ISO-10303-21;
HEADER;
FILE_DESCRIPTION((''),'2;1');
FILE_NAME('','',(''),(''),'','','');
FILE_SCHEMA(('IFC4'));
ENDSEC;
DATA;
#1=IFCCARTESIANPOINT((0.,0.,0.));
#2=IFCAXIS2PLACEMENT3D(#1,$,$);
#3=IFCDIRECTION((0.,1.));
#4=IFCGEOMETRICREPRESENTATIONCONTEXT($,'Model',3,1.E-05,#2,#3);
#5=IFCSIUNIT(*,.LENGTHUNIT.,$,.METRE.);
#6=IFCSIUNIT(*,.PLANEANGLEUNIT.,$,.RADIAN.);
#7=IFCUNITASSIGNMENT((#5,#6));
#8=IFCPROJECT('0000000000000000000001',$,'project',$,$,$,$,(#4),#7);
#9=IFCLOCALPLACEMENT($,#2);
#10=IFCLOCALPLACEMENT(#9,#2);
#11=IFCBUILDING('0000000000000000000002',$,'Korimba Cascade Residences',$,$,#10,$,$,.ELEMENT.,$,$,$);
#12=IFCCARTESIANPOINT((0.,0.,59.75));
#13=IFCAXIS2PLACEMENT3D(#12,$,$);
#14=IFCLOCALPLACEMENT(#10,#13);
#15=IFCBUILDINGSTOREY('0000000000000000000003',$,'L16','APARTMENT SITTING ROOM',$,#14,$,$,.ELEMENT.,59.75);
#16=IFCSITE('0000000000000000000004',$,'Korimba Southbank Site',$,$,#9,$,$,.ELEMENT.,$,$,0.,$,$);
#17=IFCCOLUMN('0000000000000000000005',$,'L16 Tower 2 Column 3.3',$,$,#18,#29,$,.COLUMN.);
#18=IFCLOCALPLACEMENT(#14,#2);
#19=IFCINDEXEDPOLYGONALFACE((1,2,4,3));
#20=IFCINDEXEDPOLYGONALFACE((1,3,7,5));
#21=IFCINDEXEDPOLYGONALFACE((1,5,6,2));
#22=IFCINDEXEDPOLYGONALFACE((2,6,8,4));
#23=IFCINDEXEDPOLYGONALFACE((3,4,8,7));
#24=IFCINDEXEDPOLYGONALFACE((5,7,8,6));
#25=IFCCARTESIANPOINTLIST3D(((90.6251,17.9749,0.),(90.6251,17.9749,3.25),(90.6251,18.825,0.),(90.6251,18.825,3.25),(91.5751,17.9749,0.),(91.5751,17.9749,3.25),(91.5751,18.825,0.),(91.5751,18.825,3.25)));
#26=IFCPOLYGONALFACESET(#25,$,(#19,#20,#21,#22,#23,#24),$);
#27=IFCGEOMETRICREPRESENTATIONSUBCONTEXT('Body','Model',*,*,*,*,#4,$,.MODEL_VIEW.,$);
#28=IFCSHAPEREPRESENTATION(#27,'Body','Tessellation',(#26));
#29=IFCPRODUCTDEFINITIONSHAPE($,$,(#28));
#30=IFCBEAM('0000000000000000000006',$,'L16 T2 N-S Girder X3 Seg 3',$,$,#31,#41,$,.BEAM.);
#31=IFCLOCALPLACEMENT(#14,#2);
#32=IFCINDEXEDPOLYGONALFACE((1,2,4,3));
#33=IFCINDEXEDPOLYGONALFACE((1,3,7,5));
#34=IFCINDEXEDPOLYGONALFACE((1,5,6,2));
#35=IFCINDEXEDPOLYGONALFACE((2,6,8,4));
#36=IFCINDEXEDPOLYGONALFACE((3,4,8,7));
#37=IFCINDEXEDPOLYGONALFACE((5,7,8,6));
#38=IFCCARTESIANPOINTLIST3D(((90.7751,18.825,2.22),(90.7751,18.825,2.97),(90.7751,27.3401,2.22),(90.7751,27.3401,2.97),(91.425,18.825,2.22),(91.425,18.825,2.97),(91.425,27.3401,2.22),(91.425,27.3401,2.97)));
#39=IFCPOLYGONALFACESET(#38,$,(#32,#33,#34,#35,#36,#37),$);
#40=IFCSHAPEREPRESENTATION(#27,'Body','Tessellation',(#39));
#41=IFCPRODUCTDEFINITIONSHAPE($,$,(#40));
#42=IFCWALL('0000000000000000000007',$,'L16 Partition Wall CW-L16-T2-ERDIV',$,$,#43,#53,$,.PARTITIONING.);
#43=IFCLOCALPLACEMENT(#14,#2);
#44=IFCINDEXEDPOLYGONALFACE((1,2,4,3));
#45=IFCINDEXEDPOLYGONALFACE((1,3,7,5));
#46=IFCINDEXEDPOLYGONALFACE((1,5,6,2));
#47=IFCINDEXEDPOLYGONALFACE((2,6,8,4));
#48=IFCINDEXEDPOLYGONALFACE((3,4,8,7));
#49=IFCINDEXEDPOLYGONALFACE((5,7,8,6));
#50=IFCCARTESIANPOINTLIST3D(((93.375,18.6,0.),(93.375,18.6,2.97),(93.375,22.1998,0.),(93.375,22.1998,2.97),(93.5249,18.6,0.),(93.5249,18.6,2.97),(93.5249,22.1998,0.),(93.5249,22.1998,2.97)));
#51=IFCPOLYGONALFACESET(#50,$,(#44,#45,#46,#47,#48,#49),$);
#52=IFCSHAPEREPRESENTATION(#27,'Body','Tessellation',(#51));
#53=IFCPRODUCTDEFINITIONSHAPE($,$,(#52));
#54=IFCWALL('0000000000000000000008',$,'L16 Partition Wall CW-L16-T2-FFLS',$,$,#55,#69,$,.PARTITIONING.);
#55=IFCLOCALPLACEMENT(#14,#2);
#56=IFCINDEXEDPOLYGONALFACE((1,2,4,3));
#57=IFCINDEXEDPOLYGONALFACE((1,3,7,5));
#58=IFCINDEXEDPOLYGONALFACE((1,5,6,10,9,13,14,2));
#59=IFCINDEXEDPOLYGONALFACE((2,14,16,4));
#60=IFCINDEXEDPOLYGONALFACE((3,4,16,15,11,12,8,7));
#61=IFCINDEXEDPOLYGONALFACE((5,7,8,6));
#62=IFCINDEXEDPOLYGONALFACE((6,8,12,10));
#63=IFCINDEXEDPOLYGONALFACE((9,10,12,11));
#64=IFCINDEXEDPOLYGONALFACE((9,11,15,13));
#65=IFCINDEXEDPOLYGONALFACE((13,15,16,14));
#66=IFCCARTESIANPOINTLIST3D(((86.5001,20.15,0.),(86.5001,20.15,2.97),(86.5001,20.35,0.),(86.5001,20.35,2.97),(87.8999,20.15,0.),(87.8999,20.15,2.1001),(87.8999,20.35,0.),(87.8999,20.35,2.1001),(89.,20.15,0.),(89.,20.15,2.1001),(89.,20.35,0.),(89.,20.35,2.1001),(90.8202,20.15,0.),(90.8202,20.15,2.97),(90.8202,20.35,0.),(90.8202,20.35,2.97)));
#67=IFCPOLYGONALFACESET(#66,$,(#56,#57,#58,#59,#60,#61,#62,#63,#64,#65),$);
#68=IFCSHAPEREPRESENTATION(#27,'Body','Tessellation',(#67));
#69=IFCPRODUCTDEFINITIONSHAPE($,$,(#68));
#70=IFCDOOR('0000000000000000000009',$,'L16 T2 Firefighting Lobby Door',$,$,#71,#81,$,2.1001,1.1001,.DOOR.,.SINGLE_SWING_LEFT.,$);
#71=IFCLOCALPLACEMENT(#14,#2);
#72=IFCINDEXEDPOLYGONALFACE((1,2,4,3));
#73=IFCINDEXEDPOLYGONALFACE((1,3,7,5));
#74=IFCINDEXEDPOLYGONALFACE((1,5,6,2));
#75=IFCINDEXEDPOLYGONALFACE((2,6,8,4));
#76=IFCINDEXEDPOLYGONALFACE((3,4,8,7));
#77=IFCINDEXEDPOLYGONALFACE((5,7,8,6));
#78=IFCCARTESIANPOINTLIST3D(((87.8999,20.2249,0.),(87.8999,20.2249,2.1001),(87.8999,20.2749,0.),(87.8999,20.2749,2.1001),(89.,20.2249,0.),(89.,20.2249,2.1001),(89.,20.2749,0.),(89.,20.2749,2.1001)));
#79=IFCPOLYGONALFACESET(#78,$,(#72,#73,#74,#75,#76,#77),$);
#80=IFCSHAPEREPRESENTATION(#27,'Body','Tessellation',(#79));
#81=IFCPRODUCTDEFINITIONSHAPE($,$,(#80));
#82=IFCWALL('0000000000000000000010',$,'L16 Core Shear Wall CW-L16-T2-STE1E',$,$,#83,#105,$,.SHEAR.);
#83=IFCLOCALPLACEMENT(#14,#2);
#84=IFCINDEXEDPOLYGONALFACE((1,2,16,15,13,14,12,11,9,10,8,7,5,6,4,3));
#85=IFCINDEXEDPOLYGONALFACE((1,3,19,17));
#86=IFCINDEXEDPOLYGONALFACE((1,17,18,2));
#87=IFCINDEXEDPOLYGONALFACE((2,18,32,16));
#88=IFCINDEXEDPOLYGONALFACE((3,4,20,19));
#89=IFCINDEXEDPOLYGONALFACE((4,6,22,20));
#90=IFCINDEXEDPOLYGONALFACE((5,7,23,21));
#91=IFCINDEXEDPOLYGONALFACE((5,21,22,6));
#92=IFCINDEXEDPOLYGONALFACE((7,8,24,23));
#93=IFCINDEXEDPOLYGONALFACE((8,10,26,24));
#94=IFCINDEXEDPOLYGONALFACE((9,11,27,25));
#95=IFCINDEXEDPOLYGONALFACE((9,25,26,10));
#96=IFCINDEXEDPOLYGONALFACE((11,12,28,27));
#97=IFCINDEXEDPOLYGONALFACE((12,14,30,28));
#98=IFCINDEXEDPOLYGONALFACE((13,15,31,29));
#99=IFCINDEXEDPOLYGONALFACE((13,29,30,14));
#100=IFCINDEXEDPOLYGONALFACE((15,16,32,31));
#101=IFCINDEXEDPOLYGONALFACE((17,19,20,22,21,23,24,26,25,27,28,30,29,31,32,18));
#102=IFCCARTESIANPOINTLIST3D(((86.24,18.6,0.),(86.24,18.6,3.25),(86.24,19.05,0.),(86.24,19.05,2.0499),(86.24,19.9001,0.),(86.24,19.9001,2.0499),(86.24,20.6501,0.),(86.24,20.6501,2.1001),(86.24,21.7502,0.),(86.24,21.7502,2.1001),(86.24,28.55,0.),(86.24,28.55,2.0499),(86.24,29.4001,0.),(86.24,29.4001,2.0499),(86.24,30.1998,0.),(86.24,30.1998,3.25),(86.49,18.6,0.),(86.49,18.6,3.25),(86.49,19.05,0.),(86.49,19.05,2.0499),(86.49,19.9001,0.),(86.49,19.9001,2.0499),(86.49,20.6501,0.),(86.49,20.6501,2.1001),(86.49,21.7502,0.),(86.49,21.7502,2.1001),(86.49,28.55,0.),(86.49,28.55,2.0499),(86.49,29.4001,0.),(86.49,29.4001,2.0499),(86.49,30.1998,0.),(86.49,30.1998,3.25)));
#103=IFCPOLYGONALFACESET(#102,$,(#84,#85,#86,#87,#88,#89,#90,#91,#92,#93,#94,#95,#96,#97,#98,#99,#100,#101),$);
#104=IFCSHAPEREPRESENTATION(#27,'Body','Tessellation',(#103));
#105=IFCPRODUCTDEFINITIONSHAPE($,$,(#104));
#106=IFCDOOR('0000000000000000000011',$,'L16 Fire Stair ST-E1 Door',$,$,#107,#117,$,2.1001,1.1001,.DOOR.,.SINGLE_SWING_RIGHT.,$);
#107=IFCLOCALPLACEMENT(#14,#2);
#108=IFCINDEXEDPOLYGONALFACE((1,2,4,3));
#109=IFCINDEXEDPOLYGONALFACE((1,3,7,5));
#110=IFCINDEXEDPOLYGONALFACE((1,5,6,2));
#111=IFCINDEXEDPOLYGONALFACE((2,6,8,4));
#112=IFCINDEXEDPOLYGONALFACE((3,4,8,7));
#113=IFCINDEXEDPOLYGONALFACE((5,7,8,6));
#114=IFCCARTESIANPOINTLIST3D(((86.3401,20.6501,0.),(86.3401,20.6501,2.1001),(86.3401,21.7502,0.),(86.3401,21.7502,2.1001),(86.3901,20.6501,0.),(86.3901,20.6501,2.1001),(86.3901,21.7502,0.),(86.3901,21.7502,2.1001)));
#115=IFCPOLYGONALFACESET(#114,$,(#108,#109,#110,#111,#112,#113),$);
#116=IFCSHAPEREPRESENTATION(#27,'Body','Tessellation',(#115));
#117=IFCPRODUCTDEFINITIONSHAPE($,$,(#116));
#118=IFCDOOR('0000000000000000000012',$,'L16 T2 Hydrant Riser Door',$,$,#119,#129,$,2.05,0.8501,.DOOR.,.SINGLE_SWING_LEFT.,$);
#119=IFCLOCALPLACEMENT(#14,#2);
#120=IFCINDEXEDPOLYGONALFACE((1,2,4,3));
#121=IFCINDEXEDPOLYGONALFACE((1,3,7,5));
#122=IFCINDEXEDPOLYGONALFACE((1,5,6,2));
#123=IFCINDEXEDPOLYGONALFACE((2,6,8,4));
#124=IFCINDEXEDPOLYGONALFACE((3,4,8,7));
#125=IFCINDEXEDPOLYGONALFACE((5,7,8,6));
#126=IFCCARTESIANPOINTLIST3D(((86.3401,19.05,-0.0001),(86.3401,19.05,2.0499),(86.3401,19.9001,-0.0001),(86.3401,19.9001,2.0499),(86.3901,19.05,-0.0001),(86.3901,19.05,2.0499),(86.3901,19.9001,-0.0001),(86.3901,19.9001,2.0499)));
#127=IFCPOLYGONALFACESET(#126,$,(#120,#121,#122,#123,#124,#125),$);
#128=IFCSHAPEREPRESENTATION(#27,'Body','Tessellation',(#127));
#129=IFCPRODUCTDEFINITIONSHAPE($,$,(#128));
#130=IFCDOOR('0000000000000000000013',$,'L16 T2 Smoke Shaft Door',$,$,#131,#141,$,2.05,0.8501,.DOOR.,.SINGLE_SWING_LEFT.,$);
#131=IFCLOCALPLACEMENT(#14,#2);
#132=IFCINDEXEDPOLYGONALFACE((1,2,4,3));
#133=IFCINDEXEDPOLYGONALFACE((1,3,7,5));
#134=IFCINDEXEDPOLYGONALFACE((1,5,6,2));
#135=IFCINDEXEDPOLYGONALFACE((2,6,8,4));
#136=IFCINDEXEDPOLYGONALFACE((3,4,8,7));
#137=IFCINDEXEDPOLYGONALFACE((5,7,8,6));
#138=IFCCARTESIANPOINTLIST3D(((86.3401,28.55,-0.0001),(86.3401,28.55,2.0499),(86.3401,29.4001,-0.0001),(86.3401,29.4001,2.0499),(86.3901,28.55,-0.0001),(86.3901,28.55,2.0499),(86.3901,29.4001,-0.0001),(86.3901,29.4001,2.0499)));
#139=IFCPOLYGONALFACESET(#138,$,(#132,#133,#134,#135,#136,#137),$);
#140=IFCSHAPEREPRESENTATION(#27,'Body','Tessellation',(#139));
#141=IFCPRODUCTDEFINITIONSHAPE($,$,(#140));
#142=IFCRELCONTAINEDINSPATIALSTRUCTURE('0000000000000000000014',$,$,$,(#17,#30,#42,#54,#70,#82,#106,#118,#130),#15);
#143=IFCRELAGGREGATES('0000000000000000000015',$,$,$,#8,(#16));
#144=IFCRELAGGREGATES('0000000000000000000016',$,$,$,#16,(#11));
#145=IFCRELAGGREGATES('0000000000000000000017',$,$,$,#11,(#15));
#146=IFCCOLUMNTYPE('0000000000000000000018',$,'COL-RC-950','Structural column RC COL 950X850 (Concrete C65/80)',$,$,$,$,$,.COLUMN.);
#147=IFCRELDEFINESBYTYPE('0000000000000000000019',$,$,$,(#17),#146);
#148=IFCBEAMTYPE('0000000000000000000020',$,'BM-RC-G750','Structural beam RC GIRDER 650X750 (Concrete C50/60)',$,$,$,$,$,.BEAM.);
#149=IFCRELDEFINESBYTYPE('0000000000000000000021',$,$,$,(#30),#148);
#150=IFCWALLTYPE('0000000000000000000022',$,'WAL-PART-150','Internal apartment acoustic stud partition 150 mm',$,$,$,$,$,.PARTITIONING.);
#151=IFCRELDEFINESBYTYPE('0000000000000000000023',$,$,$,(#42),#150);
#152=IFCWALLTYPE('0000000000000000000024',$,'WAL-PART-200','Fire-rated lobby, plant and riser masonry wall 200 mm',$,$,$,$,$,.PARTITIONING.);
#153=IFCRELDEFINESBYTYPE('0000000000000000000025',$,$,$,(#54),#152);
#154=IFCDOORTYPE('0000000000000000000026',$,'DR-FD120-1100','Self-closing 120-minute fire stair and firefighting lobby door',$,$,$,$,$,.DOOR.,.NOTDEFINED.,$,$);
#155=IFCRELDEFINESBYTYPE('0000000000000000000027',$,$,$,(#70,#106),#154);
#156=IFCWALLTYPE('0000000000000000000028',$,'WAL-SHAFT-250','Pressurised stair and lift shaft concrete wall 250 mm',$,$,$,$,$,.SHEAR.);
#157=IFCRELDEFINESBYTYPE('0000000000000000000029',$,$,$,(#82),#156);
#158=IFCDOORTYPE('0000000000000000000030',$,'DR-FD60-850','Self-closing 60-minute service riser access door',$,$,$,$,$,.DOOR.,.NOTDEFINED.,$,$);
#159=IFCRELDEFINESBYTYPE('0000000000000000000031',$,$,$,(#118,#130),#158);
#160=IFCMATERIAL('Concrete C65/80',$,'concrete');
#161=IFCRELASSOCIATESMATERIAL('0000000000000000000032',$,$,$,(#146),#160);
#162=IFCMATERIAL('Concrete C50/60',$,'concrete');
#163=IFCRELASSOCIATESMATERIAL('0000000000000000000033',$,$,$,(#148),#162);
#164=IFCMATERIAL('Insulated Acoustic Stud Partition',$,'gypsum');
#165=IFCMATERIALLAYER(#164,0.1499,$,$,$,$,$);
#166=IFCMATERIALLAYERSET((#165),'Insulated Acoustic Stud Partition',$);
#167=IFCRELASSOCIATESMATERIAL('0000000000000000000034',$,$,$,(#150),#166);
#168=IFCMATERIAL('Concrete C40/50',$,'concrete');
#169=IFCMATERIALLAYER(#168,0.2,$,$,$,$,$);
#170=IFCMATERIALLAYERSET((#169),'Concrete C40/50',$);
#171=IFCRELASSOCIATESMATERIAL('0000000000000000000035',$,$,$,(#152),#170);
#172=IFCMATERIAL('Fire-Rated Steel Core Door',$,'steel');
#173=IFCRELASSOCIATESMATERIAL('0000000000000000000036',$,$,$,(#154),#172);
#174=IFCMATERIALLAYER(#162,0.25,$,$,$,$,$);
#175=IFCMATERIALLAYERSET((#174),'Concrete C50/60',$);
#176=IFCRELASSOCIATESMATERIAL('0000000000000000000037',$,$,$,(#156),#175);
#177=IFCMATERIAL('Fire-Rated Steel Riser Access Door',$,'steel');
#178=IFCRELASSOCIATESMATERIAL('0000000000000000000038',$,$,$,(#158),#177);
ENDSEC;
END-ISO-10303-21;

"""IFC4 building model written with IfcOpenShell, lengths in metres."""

from ifc_helpers import new_model, si_unit, direction, frame, frame_2d, origin, origin_2d, place, context, subcontext, project, spatial, rectangle, extrude, material, layer, layer_set, material_profile, profile_set, type_object, element, fill, save


model = new_model("IFC4")

# Units and contexts
model_context = context("Model", 3, precision=1e-05, world=origin(), true_north=direction((0.0, 1.0)))
body_context = subcontext(model_context, "Body", "Model", "MODEL_VIEW")
ifc_project = project(units=[si_unit("LENGTHUNIT", "METRE"), si_unit("PLANEANGLEUNIT", "RADIAN")], contexts=[model_context])

# Site, building, storey
site_placement = place(None, origin())
site = spatial("IfcSite", under=ifc_project, at=site_placement, Name="Korimba Southbank Site", CompositionType="ELEMENT", RefElevation=0.0)
building_placement = place(site_placement, origin())
building = spatial("IfcBuilding", under=site, at=building_placement, Name="Korimba Cascade Residences", CompositionType="ELEMENT")
storey_placement = place(building_placement, frame((0.0, 0.0, 59.75)))
storey = spatial("IfcBuildingStorey", under=building, at=storey_placement, Name="L16", Description="APARTMENT SITTING ROOM", CompositionType="ELEMENT", Elevation=59.75)

# Column
ifc_material_1 = material(Name="Concrete C65/80", Category="concrete")
ifc_material_profile_1 = material_profile(ifc_material_1, rectangle(XDim=0.95, YDim=0.8501, at=origin_2d()), Name="Concrete C65/80")
ifc_profile_set_1 = profile_set([ifc_material_profile_1], Name="Concrete C65/80")
column_type = type_object("IfcColumnType", Name="COL-RC-950", Description="Structural column RC COL 950X850 (Concrete C65/80)", PredefinedType="COLUMN", material=ifc_profile_set_1)
column_placement = place(storey_placement, frame((91.1001, 18.3999, 0.0), z_axis=(0.0, 0.0, 1.0), x_axis=(1.0, 0.0, 0.0)))
element("IfcColumn", 1, at=column_placement, inside=storey, type_object=column_type, Name="L16 Tower 2 Column 3.3", PredefinedType="COLUMN", context=body_context, shape_type="SweptSolid", body=[
    extrude(rectangle(XDim=0.95, YDim=0.8501, at=origin_2d()), origin(), (0.0, 0.0, 1.0), 3.25),
])

# Beam
ifc_material_2 = material(Name="Concrete C50/60", Category="concrete")
ifc_material_profile_2 = material_profile(ifc_material_2, rectangle(XDim=0.6499, YDim=0.75, at=origin_2d()), Name="Concrete C50/60")
ifc_profile_set_2 = profile_set([ifc_material_profile_2], Name="Concrete C50/60")
beam_type = type_object("IfcBeamType", Name="BM-RC-G750", Description="Structural beam RC GIRDER 650X750 (Concrete C50/60)", PredefinedType="BEAM", material=ifc_profile_set_2)
beam_placement = place(storey_placement, frame((91.1001, 18.825, 2.595), z_axis=(0.0, 1.0, 0.0), x_axis=(-1.0, 0.0, 0.0)))
element("IfcBeam", 2, at=beam_placement, inside=storey, type_object=beam_type, Name="L16 T2 N-S Girder X3 Seg 3", PredefinedType="BEAM", context=body_context, shape_type="SweptSolid", body=[
    extrude(rectangle(XDim=0.6499, YDim=0.75, at=origin_2d()), origin(), (0.0, 0.0, 1.0), 8.5151),
])

# Wall
ifc_material_3 = material(Name="Insulated Acoustic Stud Partition", Category="gypsum")
ifc_layer_1 = layer(ifc_material_3, 0.1499)
ifc_layer_set_1 = layer_set([ifc_layer_1], Name="Insulated Acoustic Stud Partition")
wall_type_1 = type_object("IfcWallType", Name="WAL-PART-150", Description="Internal apartment acoustic stud partition 150 mm", PredefinedType="PARTITIONING", material=ifc_layer_set_1)
wall_1_placement = place(storey_placement, frame((93.45, 18.6001, 0.0), z_axis=(0.0, 0.0, 1.0), x_axis=(0.0, 1.0, 0.0)))
element("IfcWall", 3, at=wall_1_placement, inside=storey, type_object=wall_type_1, Name="L16 Partition Wall CW-L16-T2-ERDIV", PredefinedType="PARTITIONING", context=body_context, shape_type="SweptSolid", body=[
    extrude(rectangle(XDim=3.5999, YDim=0.1499, at=frame_2d((1.7998, 0.0))), origin(), (0.0, 0.0, 1.0), 2.97),
])

# Wall, opening, door
ifc_material_4 = material(Name="Concrete C40/50", Category="concrete")
ifc_layer_2 = layer(ifc_material_4, 0.2)
ifc_layer_set_2 = layer_set([ifc_layer_2], Name="Concrete C40/50")
wall_type_2 = type_object("IfcWallType", Name="WAL-PART-200", Description="Fire-rated lobby, plant and riser masonry wall 200 mm", PredefinedType="PARTITIONING", material=ifc_layer_set_2)
wall_2_placement = place(storey_placement, frame((86.5, 20.25, 0.0), z_axis=(0.0, 0.0, 1.0), x_axis=(1.0, 0.0, 0.0)))
wall_2 = element("IfcWall", 4, at=wall_2_placement, inside=storey, type_object=wall_type_2, Name="L16 Partition Wall CW-L16-T2-FFLS", PredefinedType="PARTITIONING", context=body_context, shape_type="SweptSolid", body=[
    extrude(rectangle(XDim=4.3201, YDim=0.2, at=frame_2d((2.1602, 0.0))), origin(), (0.0, 0.0, 1.0), 2.97),
])
opening_1_placement = place(wall_2_placement, frame((1.3999, 0.0, 0.0)))
opening_1 = element("IfcOpeningElement", 5, at=opening_1_placement, cuts=wall_2, PredefinedType="OPENING", context=body_context, shape_type="SweptSolid", body=[
    extrude(rectangle(XDim=1.1001, YDim=2.1001, at=frame_2d((0.55, 1.05))), frame((0.0, 0.1099, 0.0), z_axis=(0.0, -1.0, 0.0), x_axis=(1.0, 0.0, 0.0)), (0.0, 0.0, 1.0), 0.22),
])
ifc_material_5 = material(Name="Fire-Rated Steel Core Door", Category="steel")
door_type_1 = type_object("IfcDoorType", Name="DR-FD120-1100", Description="Self-closing 120-minute fire stair and firefighting lobby door", OperationType="NOTDEFINED", PredefinedType="DOOR", material=ifc_material_5)
door_1_placement = place(opening_1_placement, origin())
door_1 = element("IfcDoor", 6, at=door_1_placement, inside=storey, type_object=door_type_1, Name="L16 T2 Firefighting Lobby Door", OperationType="SINGLE_SWING_LEFT", OverallHeight=2.1001, OverallWidth=1.1001, PredefinedType="DOOR", context=body_context, shape_type="SweptSolid", body=[
    extrude(rectangle(XDim=1.1001, YDim=2.1001, at=frame_2d((0.55, 1.05))), frame((0.0, 0.0249, 0.0), z_axis=(0.0, -1.0, 0.0), x_axis=(1.0, 0.0, 0.0)), (0.0, 0.0, 1.0), 0.05),
])
fill(opening_1, door_1)

# Wall, openings, doors
ifc_layer_3 = layer(ifc_material_2, 0.25)
ifc_layer_set_3 = layer_set([ifc_layer_3], Name="Concrete C50/60")
wall_type_3 = type_object("IfcWallType", Name="WAL-SHAFT-250", Description="Pressurised stair and lift shaft concrete wall 250 mm", PredefinedType="SHEAR", material=ifc_layer_set_3)
wall_3_placement = place(storey_placement, frame((86.365, 18.6001, 0.0), z_axis=(0.0, 0.0, 1.0), x_axis=(0.0, 1.0, 0.0)))
wall_3 = element("IfcWall", 7, at=wall_3_placement, inside=storey, type_object=wall_type_3, Name="L16 Core Shear Wall CW-L16-T2-STE1E", PredefinedType="SHEAR", context=body_context, shape_type="SweptSolid", body=[
    extrude(rectangle(XDim=11.5999, YDim=0.25, at=frame_2d((5.7998, 0.0))), origin(), (0.0, 0.0, 1.0), 3.25),
])
opening_2_placement = place(wall_3_placement, frame((0.45, 0.0, 0.0)))
opening_2 = element("IfcOpeningElement", 8, at=opening_2_placement, cuts=wall_3, PredefinedType="OPENING", context=body_context, shape_type="SweptSolid", body=[
    extrude(rectangle(XDim=0.8501, YDim=2.05, at=frame_2d((0.425, 1.0249))), frame((0.0, 0.135, 0.0), z_axis=(0.0, -1.0, 0.0), x_axis=(1.0, 0.0, 0.0)), (0.0, 0.0, 1.0), 0.27),
])
opening_3_placement = place(wall_3_placement, frame((2.05, 0.0, 0.0)))
opening_3 = element("IfcOpeningElement", 9, at=opening_3_placement, cuts=wall_3, PredefinedType="OPENING", context=body_context, shape_type="SweptSolid", body=[
    extrude(rectangle(XDim=1.1001, YDim=2.1001, at=frame_2d((0.55, 1.05))), frame((0.0, 0.135, 0.0), z_axis=(0.0, -1.0, 0.0), x_axis=(1.0, 0.0, 0.0)), (0.0, 0.0, 1.0), 0.27),
])
opening_4_placement = place(wall_3_placement, frame((9.95, 0.0, 0.0)))
opening_4 = element("IfcOpeningElement", 10, at=opening_4_placement, cuts=wall_3, PredefinedType="OPENING", context=body_context, shape_type="SweptSolid", body=[
    extrude(rectangle(XDim=0.8501, YDim=2.05, at=frame_2d((0.425, 1.0249))), frame((0.0, 0.135, 0.0), z_axis=(0.0, -1.0, 0.0), x_axis=(1.0, 0.0, 0.0)), (0.0, 0.0, 1.0), 0.27),
])
door_2_placement = place(opening_3_placement, origin())
door_2 = element("IfcDoor", 11, at=door_2_placement, inside=storey, type_object=door_type_1, Name="L16 Fire Stair ST-E1 Door", OperationType="SINGLE_SWING_RIGHT", OverallHeight=2.1001, OverallWidth=1.1001, PredefinedType="DOOR", context=body_context, shape_type="SweptSolid", body=[
    extrude(rectangle(XDim=1.1001, YDim=2.1001, at=frame_2d((0.55, 1.05))), frame((0.0, 0.0249, 0.0), z_axis=(0.0, -1.0, 0.0), x_axis=(1.0, 0.0, 0.0)), (0.0, 0.0, 1.0), 0.05),
])
fill(opening_3, door_2)
ifc_material_6 = material(Name="Fire-Rated Steel Riser Access Door", Category="steel")
door_type_2 = type_object("IfcDoorType", Name="DR-FD60-850", Description="Self-closing 60-minute service riser access door", OperationType="NOTDEFINED", PredefinedType="DOOR", material=ifc_material_6)
door_3_placement = place(opening_2_placement, origin())
door_3 = element("IfcDoor", 12, at=door_3_placement, inside=storey, type_object=door_type_2, Name="L16 T2 Hydrant Riser Door", OperationType="SINGLE_SWING_LEFT", OverallHeight=2.05, OverallWidth=0.8501, PredefinedType="DOOR", context=body_context, shape_type="SweptSolid", body=[
    extrude(rectangle(XDim=0.8501, YDim=2.05, at=frame_2d((0.425, 1.0249))), frame((0.0, 0.0249, 0.0), z_axis=(0.0, -1.0, 0.0), x_axis=(1.0, 0.0, 0.0)), (0.0, 0.0, 1.0), 0.05),
])
fill(opening_2, door_3)
door_4_placement = place(opening_4_placement, origin())
door_4 = element("IfcDoor", 13, at=door_4_placement, inside=storey, type_object=door_type_2, Name="L16 T2 Smoke Shaft Door", OperationType="SINGLE_SWING_LEFT", OverallHeight=2.05, OverallWidth=0.8501, PredefinedType="DOOR", context=body_context, shape_type="SweptSolid", body=[
    extrude(rectangle(XDim=0.8501, YDim=2.05, at=frame_2d((0.425, 1.0249))), frame((0.0, 0.0249, 0.0), z_axis=(0.0, -1.0, 0.0), x_axis=(1.0, 0.0, 0.0)), (0.0, 0.0, 1.0), 0.05),
])
fill(opening_4, door_4)

save(model, "model.ifc")
